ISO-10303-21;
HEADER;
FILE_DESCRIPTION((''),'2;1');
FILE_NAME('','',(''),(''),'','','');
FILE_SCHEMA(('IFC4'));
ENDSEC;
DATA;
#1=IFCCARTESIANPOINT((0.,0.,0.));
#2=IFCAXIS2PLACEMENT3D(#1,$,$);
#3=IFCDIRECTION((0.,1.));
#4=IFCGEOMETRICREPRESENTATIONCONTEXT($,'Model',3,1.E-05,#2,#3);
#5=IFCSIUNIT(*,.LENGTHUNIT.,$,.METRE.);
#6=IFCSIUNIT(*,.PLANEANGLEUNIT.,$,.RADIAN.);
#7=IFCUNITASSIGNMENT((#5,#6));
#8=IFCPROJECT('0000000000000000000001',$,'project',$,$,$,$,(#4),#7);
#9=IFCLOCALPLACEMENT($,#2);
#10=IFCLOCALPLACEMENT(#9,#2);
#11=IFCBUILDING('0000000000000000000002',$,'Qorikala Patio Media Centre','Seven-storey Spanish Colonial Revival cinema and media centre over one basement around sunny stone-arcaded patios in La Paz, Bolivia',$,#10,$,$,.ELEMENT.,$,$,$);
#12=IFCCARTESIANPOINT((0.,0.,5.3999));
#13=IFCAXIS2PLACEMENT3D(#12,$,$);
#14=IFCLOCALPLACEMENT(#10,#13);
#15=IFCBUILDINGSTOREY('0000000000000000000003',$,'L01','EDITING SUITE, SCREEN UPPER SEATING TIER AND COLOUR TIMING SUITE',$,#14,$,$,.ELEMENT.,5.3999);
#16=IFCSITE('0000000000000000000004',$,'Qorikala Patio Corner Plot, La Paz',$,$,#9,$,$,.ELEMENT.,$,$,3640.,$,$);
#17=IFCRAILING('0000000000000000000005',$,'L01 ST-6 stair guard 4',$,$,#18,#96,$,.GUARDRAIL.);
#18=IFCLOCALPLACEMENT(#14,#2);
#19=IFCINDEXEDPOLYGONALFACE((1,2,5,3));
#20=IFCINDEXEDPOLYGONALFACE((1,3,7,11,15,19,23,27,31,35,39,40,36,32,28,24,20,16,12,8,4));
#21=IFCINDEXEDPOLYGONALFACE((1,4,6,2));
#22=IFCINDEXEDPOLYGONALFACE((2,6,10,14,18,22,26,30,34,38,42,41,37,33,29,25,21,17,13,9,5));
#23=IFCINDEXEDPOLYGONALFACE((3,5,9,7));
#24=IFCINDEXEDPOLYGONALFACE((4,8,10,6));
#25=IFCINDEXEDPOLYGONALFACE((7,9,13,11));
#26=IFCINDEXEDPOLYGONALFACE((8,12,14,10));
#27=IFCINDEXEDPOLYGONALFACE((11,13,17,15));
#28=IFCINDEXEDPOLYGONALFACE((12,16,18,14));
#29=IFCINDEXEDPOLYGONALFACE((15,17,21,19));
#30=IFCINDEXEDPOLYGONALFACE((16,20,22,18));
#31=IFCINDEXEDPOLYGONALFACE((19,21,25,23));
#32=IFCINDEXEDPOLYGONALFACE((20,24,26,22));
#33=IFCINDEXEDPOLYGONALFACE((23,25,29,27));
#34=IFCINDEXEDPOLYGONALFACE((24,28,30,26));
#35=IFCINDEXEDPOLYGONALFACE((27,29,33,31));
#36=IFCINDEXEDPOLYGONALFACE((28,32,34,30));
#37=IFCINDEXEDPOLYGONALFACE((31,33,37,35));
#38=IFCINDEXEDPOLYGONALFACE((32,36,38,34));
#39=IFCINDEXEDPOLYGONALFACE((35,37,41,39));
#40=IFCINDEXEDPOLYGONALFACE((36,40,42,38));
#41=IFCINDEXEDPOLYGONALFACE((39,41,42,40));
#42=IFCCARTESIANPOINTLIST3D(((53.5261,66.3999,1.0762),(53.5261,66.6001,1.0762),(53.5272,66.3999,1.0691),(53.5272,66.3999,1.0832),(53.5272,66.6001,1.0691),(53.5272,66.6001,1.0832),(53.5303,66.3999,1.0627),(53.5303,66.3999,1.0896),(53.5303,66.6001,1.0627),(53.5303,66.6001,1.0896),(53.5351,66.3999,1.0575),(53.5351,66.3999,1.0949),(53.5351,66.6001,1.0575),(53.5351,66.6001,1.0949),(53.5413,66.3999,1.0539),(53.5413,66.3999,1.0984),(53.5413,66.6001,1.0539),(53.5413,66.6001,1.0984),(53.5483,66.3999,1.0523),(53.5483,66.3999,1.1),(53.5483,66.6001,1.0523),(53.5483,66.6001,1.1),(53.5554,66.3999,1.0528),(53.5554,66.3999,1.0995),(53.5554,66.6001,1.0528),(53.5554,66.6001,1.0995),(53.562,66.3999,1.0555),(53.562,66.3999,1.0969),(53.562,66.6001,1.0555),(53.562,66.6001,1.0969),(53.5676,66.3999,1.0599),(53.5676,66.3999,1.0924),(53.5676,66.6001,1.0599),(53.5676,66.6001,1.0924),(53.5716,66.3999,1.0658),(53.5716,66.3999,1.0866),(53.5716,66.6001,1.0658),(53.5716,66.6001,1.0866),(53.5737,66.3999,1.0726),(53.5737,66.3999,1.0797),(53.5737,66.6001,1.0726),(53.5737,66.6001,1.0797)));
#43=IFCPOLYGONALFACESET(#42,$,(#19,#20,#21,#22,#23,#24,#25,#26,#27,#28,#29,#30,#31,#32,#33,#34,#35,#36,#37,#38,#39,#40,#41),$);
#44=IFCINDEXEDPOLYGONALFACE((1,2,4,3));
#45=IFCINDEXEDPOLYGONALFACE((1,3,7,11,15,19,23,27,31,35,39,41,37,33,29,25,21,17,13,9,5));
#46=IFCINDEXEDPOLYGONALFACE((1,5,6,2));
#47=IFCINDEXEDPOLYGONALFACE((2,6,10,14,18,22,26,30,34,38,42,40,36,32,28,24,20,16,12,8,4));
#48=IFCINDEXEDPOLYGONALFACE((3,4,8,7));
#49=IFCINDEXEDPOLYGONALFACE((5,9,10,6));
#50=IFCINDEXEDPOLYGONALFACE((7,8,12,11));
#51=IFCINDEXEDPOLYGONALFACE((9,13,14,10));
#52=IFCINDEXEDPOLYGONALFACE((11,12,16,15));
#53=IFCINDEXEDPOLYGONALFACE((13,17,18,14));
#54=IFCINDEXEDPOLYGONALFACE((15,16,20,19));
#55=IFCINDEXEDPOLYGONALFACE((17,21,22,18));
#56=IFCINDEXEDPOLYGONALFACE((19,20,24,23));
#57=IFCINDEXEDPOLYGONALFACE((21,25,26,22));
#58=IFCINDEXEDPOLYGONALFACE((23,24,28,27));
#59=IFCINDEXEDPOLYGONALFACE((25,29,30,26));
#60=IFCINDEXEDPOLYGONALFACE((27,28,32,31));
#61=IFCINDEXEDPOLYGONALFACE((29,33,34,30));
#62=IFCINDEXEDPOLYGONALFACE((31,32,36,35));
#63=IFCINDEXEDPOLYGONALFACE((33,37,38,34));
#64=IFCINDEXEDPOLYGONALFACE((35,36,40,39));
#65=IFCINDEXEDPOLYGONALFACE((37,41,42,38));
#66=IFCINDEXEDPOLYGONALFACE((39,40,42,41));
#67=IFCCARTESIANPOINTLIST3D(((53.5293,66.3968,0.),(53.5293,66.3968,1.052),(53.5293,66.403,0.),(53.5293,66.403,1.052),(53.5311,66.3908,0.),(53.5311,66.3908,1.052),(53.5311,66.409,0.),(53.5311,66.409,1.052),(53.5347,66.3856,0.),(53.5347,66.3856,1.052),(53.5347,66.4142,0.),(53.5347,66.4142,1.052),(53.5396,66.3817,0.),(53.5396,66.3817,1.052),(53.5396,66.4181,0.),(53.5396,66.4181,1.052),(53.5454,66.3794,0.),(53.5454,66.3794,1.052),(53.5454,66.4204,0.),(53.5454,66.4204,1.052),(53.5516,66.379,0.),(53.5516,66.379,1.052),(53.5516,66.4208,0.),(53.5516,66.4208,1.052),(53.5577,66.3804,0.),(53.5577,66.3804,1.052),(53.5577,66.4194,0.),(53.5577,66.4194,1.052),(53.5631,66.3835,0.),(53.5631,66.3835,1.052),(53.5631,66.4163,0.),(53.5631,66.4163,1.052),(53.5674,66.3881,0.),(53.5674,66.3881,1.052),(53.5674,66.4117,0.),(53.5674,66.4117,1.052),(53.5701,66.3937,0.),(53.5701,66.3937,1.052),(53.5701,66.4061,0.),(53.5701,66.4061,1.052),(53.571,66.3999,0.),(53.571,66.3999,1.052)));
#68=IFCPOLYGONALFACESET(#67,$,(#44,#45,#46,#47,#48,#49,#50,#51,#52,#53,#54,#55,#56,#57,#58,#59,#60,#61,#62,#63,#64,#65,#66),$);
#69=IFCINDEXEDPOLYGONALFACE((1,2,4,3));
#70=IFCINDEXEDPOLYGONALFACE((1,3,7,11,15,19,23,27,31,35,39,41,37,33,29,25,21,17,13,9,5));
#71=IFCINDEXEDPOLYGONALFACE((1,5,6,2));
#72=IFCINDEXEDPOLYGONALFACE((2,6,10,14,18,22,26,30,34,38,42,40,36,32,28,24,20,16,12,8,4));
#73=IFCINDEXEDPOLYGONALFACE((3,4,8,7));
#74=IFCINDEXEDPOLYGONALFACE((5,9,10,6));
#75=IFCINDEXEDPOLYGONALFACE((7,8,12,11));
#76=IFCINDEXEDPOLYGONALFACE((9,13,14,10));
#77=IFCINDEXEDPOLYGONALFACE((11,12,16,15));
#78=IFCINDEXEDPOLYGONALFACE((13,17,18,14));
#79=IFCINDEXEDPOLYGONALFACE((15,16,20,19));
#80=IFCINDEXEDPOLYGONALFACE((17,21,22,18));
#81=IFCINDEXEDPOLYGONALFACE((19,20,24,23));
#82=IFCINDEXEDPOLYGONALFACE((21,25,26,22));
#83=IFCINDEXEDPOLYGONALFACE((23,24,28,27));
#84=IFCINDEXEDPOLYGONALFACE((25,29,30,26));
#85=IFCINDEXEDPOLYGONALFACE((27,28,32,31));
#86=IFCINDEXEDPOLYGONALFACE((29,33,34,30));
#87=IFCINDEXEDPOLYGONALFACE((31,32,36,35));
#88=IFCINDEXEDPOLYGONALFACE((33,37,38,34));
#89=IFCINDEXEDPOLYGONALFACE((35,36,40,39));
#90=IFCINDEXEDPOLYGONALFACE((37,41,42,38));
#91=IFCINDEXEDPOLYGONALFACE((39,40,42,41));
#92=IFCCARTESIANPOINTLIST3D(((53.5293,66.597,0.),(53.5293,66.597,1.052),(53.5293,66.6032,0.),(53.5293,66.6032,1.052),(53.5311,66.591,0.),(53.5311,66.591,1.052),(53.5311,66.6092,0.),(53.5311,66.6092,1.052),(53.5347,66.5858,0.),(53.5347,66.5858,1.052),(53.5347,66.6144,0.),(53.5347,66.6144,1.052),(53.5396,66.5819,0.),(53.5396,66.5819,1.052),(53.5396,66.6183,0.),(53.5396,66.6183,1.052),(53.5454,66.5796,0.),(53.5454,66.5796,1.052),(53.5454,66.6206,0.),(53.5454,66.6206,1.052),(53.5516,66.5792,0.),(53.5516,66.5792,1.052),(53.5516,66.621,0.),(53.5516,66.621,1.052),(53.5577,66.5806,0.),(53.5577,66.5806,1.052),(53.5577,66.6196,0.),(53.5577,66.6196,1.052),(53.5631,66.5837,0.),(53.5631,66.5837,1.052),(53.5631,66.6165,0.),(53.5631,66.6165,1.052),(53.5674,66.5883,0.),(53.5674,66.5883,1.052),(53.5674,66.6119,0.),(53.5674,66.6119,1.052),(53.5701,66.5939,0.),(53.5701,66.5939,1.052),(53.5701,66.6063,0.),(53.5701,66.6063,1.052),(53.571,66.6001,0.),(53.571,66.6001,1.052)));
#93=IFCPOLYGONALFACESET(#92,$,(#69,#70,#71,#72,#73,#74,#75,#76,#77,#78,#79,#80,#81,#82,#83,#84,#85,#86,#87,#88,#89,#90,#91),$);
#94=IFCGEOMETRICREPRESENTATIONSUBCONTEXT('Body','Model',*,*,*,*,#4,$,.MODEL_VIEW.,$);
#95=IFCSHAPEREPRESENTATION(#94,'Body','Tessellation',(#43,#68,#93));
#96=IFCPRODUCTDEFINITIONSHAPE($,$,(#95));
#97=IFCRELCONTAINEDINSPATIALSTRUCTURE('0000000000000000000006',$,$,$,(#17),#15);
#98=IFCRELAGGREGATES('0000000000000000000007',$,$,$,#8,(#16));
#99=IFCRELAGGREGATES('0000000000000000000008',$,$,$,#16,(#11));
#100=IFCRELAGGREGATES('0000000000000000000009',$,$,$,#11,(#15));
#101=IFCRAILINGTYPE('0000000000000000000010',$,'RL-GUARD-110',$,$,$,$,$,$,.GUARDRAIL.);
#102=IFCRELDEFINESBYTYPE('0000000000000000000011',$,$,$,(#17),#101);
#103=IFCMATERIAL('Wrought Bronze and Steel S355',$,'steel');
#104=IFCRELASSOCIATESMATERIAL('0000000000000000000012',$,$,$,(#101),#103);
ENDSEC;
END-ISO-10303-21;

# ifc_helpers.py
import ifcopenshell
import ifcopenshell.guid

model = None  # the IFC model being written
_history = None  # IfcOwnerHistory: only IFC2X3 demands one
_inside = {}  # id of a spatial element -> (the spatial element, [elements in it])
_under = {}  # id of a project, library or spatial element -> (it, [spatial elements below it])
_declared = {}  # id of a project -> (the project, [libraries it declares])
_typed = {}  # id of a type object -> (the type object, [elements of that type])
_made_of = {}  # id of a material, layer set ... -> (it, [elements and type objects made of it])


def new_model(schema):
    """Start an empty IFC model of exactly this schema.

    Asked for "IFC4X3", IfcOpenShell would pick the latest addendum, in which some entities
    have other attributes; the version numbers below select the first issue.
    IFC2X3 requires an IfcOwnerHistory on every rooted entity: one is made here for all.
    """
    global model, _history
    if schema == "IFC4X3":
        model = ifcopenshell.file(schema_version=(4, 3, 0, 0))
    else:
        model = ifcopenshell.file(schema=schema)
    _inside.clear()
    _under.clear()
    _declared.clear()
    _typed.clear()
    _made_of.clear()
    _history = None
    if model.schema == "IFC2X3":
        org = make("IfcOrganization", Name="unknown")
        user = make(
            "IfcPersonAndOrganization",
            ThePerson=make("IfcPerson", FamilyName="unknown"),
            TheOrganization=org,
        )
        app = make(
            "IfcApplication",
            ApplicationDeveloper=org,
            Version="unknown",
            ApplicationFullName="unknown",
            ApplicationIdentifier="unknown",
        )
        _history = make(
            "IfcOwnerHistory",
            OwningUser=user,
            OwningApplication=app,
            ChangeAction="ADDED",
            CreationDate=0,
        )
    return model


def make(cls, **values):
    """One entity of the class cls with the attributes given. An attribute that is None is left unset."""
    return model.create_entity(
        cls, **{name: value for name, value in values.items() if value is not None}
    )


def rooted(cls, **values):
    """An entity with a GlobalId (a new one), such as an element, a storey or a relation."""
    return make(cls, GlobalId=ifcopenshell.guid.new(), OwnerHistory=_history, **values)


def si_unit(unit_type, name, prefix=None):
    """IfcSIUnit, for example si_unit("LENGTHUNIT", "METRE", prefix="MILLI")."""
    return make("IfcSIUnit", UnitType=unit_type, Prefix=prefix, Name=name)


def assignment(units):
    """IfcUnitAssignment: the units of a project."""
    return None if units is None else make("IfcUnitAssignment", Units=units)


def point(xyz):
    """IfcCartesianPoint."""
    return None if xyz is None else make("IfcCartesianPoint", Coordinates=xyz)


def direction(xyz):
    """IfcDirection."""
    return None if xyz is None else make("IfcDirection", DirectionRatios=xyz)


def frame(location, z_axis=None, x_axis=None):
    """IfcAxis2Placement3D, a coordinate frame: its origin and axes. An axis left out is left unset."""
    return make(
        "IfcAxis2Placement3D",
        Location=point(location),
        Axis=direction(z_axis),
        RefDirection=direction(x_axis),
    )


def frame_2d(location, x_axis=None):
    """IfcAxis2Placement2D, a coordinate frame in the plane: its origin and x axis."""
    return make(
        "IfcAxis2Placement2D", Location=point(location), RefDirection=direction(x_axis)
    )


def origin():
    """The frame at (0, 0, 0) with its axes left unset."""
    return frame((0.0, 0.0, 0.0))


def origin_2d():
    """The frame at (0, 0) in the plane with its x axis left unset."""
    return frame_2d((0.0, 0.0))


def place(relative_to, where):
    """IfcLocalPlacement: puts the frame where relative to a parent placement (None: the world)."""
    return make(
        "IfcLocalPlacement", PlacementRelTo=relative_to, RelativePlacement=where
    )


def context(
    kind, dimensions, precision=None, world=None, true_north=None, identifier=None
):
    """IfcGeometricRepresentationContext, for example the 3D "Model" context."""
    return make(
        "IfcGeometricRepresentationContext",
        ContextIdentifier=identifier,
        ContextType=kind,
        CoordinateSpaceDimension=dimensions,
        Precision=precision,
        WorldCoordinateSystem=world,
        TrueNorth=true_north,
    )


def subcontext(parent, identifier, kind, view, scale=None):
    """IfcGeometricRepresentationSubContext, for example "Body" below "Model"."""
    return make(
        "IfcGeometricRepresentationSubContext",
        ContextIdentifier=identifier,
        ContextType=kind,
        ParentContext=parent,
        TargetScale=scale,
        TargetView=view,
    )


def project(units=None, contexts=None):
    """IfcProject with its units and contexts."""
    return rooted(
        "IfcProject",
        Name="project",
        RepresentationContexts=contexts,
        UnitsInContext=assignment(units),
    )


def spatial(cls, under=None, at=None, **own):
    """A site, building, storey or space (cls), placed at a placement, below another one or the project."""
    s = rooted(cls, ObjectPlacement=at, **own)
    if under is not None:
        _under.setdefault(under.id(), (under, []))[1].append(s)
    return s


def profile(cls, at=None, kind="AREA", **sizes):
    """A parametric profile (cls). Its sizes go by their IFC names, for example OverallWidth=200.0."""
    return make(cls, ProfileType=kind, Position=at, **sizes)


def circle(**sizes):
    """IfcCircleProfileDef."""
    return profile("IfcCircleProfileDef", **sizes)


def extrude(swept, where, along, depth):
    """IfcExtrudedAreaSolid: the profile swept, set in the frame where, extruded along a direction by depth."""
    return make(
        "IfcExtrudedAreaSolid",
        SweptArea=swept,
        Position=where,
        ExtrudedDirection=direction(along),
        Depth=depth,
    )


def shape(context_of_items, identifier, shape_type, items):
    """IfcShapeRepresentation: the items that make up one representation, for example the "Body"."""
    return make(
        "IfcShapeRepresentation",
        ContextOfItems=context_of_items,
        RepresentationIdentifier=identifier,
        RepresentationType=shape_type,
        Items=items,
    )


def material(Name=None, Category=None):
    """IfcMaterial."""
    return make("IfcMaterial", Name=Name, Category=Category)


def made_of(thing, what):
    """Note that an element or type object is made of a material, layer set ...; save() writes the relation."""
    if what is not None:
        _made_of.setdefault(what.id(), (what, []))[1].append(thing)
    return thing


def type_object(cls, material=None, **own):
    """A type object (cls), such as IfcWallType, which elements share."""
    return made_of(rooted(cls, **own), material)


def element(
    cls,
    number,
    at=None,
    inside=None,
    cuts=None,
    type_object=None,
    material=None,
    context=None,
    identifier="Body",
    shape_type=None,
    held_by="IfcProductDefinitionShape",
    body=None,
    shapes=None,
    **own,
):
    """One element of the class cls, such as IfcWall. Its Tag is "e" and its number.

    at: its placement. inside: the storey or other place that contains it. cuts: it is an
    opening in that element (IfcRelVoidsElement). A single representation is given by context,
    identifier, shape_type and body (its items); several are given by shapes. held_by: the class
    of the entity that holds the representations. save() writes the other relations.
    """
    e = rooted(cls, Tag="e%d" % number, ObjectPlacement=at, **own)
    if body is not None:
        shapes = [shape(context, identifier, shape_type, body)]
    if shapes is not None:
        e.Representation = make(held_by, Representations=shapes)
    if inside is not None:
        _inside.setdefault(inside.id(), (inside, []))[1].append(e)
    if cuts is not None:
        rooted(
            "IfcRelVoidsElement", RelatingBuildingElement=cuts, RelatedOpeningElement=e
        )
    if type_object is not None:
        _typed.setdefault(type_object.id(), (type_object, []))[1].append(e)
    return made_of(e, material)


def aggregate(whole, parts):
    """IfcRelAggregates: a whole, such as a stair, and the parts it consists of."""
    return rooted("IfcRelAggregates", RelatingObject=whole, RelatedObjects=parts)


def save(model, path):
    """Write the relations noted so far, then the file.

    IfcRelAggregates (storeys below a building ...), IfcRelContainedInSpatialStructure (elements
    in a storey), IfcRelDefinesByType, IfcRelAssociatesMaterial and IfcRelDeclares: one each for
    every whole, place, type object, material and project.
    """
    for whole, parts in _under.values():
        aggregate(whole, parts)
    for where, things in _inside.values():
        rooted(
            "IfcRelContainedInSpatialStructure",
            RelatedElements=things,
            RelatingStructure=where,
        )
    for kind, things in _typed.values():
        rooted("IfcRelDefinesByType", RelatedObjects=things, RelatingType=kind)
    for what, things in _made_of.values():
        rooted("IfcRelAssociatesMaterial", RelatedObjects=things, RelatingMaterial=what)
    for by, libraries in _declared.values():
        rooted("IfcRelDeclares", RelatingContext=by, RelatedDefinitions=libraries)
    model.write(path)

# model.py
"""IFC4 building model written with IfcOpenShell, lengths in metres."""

from ifc_helpers import new_model, si_unit, direction, frame, origin, origin_2d, place, context, subcontext, project, spatial, circle, extrude, material, type_object, element, save


model = new_model("IFC4")

# Units and contexts
model_context = context("Model", 3, precision=1e-05, world=origin(), true_north=direction((0.0, 1.0)))
body_context = subcontext(model_context, "Body", "Model", "MODEL_VIEW")
ifc_project = project(units=[si_unit("LENGTHUNIT", "METRE"), si_unit("PLANEANGLEUNIT", "RADIAN")], contexts=[model_context])

# Site, building, storey
site_placement = place(None, origin())
site = spatial("IfcSite", under=ifc_project, at=site_placement, Name="Qorikala Patio Corner Plot, La Paz", CompositionType="ELEMENT", RefElevation=3640.0)
building_placement = place(site_placement, origin())
building = spatial("IfcBuilding", under=site, at=building_placement, Name="Qorikala Patio Media Centre", Description="Seven-storey Spanish Colonial Revival cinema and media centre over one basement around sunny stone-arcaded patios in La Paz, Bolivia", CompositionType="ELEMENT")
storey_placement = place(building_placement, frame((0.0, 0.0, 5.3999)))
storey = spatial("IfcBuildingStorey", under=building, at=storey_placement, Name="L01", Description="EDITING SUITE, SCREEN UPPER SEATING TIER AND COLOUR TIMING SUITE", CompositionType="ELEMENT", Elevation=5.3999)

# Railing
ifc_material_1 = material(Name="Wrought Bronze and Steel S355", Category="steel")
railing_type_1 = type_object("IfcRailingType", Name="RL-GUARD-110", PredefinedType="GUARDRAIL", material=ifc_material_1)
railing_1_placement = place(storey_placement, frame((53.55, 66.3999, 0.0)))
element("IfcRailing", 1, at=railing_1_placement, inside=storey, type_object=railing_type_1, Name="L01 ST-6 stair guard 4", PredefinedType="GUARDRAIL", context=body_context, shape_type="SweptSolid", body=[
    extrude(circle(Radius=0.0239, at=origin_2d()), frame((0.0, 0.0, 1.0762), z_axis=(0.0, 1.0, 0.0), x_axis=(-1.0, 0.0, 0.0)), (0.0, 0.0, 1.0), 0.2002),
    extrude(circle(Radius=0.021, at=origin_2d()), origin(), (0.0, 0.0, 1.0), 1.052),
    extrude(circle(Radius=0.021, at=origin_2d()), frame((0.0, 0.2002, 0.0)), (0.0, 0.0, 1.0), 1.052),
])

save(model, "model.ifc")
